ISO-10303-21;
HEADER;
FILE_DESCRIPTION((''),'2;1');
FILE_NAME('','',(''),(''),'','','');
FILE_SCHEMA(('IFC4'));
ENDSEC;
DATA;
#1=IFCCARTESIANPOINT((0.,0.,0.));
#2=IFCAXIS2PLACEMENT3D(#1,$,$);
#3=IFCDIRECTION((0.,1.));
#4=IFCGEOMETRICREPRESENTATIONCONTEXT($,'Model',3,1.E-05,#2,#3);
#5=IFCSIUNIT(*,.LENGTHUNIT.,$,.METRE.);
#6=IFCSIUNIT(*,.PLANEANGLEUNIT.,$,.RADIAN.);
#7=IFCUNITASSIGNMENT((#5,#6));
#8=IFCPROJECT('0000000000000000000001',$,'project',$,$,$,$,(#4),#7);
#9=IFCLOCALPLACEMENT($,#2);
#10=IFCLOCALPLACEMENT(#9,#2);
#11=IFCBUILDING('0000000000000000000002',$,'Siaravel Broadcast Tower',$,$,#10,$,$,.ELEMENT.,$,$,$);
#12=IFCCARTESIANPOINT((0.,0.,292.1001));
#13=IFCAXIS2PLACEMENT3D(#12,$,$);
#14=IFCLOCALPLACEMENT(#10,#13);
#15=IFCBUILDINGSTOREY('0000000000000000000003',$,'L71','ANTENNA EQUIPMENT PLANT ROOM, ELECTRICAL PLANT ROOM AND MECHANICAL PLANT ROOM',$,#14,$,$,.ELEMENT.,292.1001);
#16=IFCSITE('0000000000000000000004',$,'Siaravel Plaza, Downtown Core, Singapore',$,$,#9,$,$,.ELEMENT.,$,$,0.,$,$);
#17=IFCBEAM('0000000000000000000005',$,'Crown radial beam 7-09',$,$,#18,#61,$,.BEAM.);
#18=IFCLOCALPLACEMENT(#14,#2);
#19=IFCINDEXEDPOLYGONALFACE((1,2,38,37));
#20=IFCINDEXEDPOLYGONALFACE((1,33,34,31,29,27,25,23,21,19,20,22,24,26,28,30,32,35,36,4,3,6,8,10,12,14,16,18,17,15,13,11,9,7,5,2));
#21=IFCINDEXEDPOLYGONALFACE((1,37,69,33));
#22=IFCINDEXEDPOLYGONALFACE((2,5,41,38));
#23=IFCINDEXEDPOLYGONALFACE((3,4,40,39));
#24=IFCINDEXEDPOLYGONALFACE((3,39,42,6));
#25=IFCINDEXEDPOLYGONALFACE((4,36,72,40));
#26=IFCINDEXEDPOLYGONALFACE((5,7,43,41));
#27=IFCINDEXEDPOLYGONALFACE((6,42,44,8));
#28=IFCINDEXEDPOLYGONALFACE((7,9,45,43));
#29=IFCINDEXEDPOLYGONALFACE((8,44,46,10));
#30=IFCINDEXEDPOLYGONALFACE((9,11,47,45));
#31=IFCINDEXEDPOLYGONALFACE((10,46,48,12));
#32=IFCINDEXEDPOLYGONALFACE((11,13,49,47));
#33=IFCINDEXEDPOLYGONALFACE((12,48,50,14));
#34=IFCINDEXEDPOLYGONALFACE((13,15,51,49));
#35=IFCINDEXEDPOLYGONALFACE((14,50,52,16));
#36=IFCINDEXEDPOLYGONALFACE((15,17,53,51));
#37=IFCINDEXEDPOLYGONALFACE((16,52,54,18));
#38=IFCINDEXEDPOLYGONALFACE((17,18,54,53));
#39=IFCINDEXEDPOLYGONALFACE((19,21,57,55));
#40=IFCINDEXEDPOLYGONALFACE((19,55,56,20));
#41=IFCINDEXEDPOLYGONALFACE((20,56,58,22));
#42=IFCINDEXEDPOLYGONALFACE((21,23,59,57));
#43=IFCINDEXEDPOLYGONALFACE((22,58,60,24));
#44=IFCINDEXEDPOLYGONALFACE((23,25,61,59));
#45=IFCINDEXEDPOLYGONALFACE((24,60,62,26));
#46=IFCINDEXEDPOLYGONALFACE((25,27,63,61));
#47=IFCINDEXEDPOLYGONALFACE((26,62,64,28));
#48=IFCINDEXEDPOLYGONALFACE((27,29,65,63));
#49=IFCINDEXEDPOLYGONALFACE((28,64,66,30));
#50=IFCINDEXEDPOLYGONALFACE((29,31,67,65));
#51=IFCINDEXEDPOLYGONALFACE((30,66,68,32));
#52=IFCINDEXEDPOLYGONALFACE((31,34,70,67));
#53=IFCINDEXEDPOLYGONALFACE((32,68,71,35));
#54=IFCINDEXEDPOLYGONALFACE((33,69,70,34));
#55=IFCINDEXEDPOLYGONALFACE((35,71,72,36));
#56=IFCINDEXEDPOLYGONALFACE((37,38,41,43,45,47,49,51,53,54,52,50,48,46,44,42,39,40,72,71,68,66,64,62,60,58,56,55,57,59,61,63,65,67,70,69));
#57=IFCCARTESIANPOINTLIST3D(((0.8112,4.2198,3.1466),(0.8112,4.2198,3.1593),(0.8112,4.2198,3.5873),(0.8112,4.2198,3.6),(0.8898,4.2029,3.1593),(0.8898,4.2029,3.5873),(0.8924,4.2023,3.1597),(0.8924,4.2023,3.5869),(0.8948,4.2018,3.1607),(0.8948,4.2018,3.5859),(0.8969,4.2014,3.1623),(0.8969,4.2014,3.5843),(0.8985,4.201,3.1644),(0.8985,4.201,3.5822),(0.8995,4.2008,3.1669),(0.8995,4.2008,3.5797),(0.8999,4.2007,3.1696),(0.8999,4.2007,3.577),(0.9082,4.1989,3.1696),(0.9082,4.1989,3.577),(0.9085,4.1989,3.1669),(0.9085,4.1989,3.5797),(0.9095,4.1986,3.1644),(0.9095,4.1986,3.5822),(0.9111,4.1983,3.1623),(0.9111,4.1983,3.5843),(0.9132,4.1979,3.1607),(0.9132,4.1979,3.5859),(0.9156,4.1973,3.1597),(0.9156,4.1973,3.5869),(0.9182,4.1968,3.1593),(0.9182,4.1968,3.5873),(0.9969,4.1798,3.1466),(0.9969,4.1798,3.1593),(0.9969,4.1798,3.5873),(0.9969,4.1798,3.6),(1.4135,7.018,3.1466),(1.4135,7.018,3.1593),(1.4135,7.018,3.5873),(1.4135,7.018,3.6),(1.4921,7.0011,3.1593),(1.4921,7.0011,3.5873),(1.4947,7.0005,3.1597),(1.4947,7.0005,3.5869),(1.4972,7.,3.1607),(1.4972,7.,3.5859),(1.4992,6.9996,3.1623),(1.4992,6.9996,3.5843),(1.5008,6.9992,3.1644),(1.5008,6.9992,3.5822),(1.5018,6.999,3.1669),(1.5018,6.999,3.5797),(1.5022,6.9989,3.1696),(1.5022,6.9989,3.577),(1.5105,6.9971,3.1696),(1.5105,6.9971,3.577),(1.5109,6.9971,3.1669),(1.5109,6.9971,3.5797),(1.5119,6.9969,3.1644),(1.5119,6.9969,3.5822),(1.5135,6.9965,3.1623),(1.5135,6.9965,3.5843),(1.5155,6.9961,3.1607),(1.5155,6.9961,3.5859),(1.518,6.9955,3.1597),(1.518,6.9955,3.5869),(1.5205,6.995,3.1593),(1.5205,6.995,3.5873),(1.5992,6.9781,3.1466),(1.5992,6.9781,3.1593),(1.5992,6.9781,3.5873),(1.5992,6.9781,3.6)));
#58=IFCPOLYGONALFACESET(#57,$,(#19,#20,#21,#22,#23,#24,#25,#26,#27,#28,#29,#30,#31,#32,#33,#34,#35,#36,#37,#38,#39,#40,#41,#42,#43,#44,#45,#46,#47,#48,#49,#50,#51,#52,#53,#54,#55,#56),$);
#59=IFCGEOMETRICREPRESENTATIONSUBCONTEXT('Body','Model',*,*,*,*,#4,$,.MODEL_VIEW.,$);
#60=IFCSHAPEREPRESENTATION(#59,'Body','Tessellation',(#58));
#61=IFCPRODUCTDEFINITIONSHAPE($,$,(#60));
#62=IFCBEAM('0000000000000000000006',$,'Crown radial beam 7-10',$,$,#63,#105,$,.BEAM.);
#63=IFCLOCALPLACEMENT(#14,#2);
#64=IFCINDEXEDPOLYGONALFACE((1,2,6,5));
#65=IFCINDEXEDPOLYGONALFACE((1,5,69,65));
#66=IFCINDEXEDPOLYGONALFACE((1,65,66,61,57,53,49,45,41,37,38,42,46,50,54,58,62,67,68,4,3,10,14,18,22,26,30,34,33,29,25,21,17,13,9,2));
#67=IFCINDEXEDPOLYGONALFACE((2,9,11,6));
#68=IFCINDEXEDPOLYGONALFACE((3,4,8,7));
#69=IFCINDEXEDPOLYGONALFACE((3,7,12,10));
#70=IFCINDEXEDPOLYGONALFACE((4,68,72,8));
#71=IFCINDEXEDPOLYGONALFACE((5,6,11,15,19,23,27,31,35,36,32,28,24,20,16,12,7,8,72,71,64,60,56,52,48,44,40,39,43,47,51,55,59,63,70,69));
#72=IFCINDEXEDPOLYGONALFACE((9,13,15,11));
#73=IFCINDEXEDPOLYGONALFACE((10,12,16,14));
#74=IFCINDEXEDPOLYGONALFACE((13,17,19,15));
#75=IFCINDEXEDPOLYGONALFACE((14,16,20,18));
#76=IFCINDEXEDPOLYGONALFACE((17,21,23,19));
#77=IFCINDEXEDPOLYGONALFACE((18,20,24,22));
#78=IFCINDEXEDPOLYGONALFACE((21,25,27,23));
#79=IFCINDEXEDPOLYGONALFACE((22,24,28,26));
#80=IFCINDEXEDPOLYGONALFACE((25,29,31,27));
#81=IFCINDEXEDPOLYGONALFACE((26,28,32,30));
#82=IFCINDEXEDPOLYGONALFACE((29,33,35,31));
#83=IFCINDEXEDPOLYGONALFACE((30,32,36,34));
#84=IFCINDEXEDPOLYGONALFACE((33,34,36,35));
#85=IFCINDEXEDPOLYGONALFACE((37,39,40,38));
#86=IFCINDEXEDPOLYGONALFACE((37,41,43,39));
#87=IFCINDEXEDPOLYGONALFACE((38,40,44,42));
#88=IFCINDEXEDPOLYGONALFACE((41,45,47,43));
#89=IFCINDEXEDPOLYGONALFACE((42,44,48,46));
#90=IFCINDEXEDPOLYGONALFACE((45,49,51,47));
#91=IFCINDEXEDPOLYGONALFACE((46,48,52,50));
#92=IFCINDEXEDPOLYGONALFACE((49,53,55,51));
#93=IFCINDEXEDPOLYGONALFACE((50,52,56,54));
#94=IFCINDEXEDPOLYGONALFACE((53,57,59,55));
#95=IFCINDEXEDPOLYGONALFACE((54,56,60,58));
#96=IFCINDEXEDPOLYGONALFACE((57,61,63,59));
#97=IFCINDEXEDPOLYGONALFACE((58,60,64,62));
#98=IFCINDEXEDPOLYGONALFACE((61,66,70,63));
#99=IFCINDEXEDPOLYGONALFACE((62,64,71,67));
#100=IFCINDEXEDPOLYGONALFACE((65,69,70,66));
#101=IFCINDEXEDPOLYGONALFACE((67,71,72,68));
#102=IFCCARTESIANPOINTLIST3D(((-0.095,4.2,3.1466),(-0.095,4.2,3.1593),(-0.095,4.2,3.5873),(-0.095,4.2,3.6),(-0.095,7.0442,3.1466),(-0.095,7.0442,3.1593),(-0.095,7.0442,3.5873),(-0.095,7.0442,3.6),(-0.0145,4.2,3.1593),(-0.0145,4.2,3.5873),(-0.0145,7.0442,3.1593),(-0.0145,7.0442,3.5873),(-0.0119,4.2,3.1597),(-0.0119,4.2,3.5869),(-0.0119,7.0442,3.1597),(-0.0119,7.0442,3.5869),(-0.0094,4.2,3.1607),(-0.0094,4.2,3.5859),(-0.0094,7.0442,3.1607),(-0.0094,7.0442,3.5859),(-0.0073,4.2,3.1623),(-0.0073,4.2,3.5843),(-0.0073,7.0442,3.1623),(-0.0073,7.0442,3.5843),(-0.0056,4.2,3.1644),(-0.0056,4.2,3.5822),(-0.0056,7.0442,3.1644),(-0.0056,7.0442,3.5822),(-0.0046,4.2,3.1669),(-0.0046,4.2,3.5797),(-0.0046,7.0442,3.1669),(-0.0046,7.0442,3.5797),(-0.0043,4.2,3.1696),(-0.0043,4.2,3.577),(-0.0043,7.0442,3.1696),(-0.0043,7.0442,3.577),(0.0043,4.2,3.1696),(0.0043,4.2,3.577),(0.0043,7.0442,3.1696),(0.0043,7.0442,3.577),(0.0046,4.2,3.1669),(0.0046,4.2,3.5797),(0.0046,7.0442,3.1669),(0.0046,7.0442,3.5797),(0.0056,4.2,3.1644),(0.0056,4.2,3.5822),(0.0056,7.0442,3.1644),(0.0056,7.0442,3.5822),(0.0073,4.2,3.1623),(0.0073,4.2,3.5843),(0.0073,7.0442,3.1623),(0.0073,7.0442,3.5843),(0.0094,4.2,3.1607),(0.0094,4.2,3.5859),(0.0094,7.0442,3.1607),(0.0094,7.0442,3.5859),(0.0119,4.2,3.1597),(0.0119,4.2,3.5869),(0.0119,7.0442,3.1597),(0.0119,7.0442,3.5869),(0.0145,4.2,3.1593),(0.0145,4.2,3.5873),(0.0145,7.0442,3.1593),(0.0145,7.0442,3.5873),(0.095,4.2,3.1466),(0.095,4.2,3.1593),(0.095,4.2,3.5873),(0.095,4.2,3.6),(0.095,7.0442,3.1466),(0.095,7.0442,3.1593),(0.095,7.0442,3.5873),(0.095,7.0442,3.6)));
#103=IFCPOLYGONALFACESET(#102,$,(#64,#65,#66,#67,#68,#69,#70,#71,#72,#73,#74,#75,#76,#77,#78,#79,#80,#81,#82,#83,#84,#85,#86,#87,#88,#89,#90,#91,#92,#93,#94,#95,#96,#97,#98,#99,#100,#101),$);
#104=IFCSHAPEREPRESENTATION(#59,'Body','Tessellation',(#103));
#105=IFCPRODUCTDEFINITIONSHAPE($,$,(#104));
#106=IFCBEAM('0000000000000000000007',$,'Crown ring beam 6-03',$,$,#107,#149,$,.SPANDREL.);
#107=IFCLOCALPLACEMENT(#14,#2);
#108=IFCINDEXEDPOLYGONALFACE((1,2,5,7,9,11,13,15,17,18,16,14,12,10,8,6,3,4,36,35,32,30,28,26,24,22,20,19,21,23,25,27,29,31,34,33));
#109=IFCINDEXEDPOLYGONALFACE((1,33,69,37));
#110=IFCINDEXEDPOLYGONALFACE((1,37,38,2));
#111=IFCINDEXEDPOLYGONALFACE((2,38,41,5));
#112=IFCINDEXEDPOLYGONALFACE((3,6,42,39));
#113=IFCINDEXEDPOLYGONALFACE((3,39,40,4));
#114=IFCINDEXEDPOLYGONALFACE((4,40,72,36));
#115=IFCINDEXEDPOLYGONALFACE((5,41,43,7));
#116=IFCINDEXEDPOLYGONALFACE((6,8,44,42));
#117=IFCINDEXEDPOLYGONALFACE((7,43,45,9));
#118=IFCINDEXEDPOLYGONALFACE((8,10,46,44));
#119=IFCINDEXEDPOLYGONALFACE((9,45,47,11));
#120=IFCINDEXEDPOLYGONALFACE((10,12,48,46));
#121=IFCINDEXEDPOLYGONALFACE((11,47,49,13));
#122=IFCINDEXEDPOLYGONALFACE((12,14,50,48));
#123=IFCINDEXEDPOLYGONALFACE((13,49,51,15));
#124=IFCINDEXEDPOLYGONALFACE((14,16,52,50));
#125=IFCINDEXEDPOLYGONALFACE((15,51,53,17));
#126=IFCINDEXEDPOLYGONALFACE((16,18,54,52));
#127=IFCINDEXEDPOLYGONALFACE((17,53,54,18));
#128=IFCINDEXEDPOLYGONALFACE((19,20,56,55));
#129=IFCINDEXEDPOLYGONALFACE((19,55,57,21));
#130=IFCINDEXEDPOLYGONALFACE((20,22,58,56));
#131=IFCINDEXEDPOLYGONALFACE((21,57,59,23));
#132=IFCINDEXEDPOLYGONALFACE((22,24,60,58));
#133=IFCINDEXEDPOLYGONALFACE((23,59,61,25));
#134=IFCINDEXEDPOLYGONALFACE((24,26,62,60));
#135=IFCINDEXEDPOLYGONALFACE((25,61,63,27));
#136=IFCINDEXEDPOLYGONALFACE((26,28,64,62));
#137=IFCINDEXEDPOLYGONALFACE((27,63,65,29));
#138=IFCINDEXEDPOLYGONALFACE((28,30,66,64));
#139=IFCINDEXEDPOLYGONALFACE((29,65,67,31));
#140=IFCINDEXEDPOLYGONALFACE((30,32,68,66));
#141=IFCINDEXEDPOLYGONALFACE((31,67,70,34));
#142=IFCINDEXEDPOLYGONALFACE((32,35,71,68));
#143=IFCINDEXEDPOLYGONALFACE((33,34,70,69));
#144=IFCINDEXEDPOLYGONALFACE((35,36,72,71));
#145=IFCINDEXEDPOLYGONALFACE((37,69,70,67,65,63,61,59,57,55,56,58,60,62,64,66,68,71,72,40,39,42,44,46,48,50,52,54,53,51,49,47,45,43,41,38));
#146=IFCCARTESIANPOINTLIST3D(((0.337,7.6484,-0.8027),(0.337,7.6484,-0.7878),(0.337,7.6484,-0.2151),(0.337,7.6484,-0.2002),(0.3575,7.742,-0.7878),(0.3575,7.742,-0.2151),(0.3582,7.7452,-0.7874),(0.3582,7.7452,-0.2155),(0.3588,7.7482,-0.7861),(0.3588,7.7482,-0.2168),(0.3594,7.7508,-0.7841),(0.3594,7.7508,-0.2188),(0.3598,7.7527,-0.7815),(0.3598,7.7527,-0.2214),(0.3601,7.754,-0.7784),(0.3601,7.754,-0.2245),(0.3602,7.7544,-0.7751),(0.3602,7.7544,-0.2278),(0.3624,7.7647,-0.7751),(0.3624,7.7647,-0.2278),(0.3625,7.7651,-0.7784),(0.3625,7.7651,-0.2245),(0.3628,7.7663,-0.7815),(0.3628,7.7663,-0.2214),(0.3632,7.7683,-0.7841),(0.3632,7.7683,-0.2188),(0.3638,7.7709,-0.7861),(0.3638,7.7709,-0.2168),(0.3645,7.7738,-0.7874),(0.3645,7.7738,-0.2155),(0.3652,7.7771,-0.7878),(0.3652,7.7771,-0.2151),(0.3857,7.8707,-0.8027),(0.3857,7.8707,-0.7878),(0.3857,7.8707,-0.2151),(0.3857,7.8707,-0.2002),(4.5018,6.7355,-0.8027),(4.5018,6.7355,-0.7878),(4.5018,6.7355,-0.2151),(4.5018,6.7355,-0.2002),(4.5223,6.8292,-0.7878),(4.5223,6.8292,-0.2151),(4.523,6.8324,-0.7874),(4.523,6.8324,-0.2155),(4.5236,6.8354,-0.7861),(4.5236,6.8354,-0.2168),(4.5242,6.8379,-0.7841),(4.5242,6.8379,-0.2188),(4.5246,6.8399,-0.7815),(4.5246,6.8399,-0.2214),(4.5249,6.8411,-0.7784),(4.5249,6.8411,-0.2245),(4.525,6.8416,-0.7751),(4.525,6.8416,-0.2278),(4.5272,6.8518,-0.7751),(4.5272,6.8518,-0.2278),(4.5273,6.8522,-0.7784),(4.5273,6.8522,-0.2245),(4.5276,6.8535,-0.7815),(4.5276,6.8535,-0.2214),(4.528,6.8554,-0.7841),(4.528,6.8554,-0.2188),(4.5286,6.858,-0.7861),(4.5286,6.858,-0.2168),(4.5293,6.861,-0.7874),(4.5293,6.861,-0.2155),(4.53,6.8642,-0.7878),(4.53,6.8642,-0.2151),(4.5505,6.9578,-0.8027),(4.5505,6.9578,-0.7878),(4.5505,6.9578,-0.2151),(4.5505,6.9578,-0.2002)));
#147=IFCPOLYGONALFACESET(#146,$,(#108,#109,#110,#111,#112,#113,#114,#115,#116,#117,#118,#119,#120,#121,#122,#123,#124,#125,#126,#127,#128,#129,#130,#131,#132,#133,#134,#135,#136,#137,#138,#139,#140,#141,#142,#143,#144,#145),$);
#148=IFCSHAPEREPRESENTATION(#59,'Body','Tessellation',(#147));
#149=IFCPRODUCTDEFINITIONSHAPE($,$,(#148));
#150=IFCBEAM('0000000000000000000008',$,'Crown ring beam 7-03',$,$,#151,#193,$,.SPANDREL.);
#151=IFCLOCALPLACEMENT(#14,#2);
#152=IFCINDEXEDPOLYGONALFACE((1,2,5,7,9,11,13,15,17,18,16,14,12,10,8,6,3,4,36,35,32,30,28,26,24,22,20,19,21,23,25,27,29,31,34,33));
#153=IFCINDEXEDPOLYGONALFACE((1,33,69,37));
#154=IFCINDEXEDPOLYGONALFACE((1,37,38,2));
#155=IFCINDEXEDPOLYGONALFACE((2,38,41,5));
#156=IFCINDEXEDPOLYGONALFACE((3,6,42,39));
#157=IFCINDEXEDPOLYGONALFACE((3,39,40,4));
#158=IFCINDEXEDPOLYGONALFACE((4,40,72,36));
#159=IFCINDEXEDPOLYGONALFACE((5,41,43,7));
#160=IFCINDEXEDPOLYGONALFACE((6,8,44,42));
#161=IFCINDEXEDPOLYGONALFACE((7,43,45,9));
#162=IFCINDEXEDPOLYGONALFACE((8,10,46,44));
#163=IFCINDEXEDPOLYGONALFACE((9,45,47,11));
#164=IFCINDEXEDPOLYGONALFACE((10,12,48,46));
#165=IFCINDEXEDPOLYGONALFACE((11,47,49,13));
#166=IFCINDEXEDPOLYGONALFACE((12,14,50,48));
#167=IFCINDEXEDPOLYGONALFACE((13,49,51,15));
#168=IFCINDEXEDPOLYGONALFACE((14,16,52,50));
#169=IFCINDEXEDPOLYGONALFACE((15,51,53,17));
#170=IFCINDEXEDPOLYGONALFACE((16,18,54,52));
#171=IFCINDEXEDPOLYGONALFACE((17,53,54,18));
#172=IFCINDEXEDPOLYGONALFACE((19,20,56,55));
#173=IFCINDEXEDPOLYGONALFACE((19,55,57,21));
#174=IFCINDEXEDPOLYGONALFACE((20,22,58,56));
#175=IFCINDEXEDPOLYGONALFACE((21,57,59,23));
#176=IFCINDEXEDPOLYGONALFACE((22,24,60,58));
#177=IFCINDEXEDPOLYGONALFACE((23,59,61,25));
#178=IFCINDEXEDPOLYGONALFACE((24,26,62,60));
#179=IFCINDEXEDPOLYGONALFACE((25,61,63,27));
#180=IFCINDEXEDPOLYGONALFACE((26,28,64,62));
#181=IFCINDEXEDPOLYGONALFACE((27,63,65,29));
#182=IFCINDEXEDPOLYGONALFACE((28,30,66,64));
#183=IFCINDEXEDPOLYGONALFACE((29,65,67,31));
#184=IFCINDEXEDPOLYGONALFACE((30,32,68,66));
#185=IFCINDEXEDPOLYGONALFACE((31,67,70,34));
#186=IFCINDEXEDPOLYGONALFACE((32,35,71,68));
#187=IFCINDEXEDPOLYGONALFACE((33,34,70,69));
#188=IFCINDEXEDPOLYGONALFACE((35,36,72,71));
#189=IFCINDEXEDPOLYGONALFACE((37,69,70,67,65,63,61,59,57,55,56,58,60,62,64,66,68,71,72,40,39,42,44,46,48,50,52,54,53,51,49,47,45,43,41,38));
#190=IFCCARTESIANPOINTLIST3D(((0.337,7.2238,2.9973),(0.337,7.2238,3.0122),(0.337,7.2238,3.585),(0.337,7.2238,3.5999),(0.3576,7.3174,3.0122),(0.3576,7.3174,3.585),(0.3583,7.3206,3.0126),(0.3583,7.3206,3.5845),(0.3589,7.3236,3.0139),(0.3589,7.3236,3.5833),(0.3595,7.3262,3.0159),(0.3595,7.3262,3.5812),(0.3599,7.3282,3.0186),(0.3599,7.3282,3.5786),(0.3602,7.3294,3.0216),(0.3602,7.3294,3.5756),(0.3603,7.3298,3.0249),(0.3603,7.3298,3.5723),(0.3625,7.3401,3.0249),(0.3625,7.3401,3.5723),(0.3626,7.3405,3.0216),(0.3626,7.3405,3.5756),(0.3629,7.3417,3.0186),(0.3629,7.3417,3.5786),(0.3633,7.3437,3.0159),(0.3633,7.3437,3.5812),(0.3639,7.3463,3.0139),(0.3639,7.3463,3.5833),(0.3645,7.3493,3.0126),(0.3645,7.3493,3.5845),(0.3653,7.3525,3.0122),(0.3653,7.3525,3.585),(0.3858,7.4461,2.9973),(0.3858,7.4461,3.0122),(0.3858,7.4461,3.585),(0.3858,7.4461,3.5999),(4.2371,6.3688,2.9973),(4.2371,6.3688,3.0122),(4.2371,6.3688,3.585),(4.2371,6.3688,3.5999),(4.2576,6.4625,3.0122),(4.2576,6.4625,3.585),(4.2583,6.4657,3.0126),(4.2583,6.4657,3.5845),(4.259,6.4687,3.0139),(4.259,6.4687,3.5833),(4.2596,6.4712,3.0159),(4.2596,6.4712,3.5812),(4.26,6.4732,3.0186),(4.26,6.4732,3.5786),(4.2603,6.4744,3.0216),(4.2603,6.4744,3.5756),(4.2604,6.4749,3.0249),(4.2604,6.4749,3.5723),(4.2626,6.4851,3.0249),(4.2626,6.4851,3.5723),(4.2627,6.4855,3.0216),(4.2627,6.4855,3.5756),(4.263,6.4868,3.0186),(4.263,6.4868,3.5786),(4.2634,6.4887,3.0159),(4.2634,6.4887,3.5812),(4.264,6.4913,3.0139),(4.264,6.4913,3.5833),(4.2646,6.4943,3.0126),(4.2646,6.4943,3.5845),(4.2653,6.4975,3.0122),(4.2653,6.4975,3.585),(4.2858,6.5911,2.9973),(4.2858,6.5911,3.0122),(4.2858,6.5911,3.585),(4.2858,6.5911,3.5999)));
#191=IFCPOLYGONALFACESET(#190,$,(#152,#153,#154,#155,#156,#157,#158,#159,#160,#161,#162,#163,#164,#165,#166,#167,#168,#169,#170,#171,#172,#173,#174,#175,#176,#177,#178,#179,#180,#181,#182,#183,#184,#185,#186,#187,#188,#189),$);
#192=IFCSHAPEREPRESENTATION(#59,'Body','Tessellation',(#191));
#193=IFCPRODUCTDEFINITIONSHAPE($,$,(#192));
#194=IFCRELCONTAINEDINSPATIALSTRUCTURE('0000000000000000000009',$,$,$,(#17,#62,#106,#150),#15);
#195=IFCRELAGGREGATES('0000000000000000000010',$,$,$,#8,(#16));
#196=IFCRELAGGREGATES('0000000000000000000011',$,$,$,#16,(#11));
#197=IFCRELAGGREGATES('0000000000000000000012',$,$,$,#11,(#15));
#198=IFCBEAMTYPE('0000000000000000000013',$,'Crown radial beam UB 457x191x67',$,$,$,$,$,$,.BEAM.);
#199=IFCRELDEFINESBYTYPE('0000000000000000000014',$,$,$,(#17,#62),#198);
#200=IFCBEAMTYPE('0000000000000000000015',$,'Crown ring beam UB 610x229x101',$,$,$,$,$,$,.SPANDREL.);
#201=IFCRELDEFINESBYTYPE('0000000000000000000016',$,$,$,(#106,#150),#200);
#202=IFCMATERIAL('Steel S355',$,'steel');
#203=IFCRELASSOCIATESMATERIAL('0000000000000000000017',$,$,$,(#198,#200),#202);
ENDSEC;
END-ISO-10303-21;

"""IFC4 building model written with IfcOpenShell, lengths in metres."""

from ifc_helpers import new_model, si_unit, direction, frame, origin, origin_2d, place, context, subcontext, project, spatial, i_section, extrude, material, material_profile, profile_set, type_object, element, save


model = new_model("IFC4")

# Units and contexts
model_context = context("Model", 3, precision=1e-05, world=origin(), true_north=direction((0.0, 1.0)))
body_context = subcontext(model_context, "Body", "Model", "MODEL_VIEW")
ifc_project = project(units=[si_unit("LENGTHUNIT", "METRE"), si_unit("PLANEANGLEUNIT", "RADIAN")], contexts=[model_context])

# Site, building, storey
site_placement = place(None, origin())
site = spatial("IfcSite", under=ifc_project, at=site_placement, Name="Siaravel Plaza, Downtown Core, Singapore", CompositionType="ELEMENT", RefElevation=0.0)
building_placement = place(site_placement, origin())
building = spatial("IfcBuilding", under=site, at=building_placement, Name="Siaravel Broadcast Tower", CompositionType="ELEMENT")
storey_placement = place(building_placement, frame((0.0, 0.0, 292.1001)))
storey = spatial("IfcBuildingStorey", under=building, at=storey_placement, Name="L71", Description="ANTENNA EQUIPMENT PLANT ROOM, ELECTRICAL PLANT ROOM AND MECHANICAL PLANT ROOM", CompositionType="ELEMENT", Elevation=292.1001)

# Beams
ifc_material_1 = material(Name="Steel S355", Category="steel")
ifc_material_profile_1 = material_profile(ifc_material_1, i_section(OverallWidth=0.1899, OverallDepth=0.4534, WebThickness=0.0085, FlangeThickness=0.0127, FilletRadius=0.0103, at=origin_2d()))
ifc_profile_set_1 = profile_set([ifc_material_profile_1], Name="Steel S355")
beam_type_1 = type_object("IfcBeamType", Name="Crown radial beam UB 457x191x67", PredefinedType="BEAM", material=ifc_profile_set_1)
beam_1_placement = place(storey_placement, frame((1.5063, 6.998, 3.3733), z_axis=(-0.210432, -0.977609, 0.0), x_axis=(0.977609, -0.210432, 0.0)))
element("IfcBeam", 1, at=beam_1_placement, inside=storey, type_object=beam_type_1, Name="Crown radial beam 7-09", PredefinedType="BEAM", context=body_context, shape_type="SweptSolid", body=[
    extrude(i_section(OverallWidth=0.1899, OverallDepth=0.4534, WebThickness=0.0085, FlangeThickness=0.0127, FilletRadius=0.0103, at=origin_2d()), origin(), (0.0, 0.0, 1.0), 2.8623),
])
beam_2_placement = place(storey_placement, frame((0.0, 7.0442, 3.3733), z_axis=(0.0, -1.0, 0.0), x_axis=(1.0, 0.0, 0.0)))
element("IfcBeam", 2, at=beam_2_placement, inside=storey, type_object=beam_type_1, Name="Crown radial beam 7-10", PredefinedType="BEAM", context=body_context, shape_type="SweptSolid", body=[
    extrude(i_section(OverallWidth=0.1899, OverallDepth=0.4534, WebThickness=0.0085, FlangeThickness=0.0127, FilletRadius=0.0103, at=origin_2d()), origin(), (0.0, 0.0, 1.0), 2.8442),
])
ifc_material_profile_2 = material_profile(ifc_material_1, i_section(OverallWidth=0.2275, OverallDepth=0.6025, WebThickness=0.0105, FlangeThickness=0.0149, FilletRadius=0.0127, at=origin_2d()))
ifc_profile_set_2 = profile_set([ifc_material_profile_2], Name="Steel S355")
beam_type_2 = type_object("IfcBeamType", Name="Crown ring beam UB 610x229x101", PredefinedType="SPANDREL", material=ifc_profile_set_2)
beam_3_placement = place(storey_placement, frame((4.5261, 6.8467, -0.5015), z_axis=(-0.976812, 0.214098, 0.0), x_axis=(-0.214098, -0.976812, 0.0)))
element("IfcBeam", 3, at=beam_3_placement, inside=storey, type_object=beam_type_2, Name="Crown ring beam 6-03", PredefinedType="SPANDREL", context=body_context, shape_type="SweptSolid", body=[
    extrude(i_section(OverallWidth=0.2275, OverallDepth=0.6025, WebThickness=0.0105, FlangeThickness=0.0149, FilletRadius=0.0127, at=origin_2d()), origin(), (0.0, 0.0, 1.0), 4.2637),
])
beam_4_placement = place(storey_placement, frame((4.2615, 6.48, 3.2986), z_axis=(-0.976805, 0.214133, 0.0), x_axis=(-0.214133, -0.976805, 0.0)))
element("IfcBeam", 4, at=beam_4_placement, inside=storey, type_object=beam_type_2, Name="Crown ring beam 7-03", PredefinedType="SPANDREL", context=body_context, shape_type="SweptSolid", body=[
    extrude(i_section(OverallWidth=0.2275, OverallDepth=0.6025, WebThickness=0.0105, FlangeThickness=0.0149, FilletRadius=0.0127, at=origin_2d()), origin(), (0.0, 0.0, 1.0), 3.9927),
])

save(model, "model.ifc")
